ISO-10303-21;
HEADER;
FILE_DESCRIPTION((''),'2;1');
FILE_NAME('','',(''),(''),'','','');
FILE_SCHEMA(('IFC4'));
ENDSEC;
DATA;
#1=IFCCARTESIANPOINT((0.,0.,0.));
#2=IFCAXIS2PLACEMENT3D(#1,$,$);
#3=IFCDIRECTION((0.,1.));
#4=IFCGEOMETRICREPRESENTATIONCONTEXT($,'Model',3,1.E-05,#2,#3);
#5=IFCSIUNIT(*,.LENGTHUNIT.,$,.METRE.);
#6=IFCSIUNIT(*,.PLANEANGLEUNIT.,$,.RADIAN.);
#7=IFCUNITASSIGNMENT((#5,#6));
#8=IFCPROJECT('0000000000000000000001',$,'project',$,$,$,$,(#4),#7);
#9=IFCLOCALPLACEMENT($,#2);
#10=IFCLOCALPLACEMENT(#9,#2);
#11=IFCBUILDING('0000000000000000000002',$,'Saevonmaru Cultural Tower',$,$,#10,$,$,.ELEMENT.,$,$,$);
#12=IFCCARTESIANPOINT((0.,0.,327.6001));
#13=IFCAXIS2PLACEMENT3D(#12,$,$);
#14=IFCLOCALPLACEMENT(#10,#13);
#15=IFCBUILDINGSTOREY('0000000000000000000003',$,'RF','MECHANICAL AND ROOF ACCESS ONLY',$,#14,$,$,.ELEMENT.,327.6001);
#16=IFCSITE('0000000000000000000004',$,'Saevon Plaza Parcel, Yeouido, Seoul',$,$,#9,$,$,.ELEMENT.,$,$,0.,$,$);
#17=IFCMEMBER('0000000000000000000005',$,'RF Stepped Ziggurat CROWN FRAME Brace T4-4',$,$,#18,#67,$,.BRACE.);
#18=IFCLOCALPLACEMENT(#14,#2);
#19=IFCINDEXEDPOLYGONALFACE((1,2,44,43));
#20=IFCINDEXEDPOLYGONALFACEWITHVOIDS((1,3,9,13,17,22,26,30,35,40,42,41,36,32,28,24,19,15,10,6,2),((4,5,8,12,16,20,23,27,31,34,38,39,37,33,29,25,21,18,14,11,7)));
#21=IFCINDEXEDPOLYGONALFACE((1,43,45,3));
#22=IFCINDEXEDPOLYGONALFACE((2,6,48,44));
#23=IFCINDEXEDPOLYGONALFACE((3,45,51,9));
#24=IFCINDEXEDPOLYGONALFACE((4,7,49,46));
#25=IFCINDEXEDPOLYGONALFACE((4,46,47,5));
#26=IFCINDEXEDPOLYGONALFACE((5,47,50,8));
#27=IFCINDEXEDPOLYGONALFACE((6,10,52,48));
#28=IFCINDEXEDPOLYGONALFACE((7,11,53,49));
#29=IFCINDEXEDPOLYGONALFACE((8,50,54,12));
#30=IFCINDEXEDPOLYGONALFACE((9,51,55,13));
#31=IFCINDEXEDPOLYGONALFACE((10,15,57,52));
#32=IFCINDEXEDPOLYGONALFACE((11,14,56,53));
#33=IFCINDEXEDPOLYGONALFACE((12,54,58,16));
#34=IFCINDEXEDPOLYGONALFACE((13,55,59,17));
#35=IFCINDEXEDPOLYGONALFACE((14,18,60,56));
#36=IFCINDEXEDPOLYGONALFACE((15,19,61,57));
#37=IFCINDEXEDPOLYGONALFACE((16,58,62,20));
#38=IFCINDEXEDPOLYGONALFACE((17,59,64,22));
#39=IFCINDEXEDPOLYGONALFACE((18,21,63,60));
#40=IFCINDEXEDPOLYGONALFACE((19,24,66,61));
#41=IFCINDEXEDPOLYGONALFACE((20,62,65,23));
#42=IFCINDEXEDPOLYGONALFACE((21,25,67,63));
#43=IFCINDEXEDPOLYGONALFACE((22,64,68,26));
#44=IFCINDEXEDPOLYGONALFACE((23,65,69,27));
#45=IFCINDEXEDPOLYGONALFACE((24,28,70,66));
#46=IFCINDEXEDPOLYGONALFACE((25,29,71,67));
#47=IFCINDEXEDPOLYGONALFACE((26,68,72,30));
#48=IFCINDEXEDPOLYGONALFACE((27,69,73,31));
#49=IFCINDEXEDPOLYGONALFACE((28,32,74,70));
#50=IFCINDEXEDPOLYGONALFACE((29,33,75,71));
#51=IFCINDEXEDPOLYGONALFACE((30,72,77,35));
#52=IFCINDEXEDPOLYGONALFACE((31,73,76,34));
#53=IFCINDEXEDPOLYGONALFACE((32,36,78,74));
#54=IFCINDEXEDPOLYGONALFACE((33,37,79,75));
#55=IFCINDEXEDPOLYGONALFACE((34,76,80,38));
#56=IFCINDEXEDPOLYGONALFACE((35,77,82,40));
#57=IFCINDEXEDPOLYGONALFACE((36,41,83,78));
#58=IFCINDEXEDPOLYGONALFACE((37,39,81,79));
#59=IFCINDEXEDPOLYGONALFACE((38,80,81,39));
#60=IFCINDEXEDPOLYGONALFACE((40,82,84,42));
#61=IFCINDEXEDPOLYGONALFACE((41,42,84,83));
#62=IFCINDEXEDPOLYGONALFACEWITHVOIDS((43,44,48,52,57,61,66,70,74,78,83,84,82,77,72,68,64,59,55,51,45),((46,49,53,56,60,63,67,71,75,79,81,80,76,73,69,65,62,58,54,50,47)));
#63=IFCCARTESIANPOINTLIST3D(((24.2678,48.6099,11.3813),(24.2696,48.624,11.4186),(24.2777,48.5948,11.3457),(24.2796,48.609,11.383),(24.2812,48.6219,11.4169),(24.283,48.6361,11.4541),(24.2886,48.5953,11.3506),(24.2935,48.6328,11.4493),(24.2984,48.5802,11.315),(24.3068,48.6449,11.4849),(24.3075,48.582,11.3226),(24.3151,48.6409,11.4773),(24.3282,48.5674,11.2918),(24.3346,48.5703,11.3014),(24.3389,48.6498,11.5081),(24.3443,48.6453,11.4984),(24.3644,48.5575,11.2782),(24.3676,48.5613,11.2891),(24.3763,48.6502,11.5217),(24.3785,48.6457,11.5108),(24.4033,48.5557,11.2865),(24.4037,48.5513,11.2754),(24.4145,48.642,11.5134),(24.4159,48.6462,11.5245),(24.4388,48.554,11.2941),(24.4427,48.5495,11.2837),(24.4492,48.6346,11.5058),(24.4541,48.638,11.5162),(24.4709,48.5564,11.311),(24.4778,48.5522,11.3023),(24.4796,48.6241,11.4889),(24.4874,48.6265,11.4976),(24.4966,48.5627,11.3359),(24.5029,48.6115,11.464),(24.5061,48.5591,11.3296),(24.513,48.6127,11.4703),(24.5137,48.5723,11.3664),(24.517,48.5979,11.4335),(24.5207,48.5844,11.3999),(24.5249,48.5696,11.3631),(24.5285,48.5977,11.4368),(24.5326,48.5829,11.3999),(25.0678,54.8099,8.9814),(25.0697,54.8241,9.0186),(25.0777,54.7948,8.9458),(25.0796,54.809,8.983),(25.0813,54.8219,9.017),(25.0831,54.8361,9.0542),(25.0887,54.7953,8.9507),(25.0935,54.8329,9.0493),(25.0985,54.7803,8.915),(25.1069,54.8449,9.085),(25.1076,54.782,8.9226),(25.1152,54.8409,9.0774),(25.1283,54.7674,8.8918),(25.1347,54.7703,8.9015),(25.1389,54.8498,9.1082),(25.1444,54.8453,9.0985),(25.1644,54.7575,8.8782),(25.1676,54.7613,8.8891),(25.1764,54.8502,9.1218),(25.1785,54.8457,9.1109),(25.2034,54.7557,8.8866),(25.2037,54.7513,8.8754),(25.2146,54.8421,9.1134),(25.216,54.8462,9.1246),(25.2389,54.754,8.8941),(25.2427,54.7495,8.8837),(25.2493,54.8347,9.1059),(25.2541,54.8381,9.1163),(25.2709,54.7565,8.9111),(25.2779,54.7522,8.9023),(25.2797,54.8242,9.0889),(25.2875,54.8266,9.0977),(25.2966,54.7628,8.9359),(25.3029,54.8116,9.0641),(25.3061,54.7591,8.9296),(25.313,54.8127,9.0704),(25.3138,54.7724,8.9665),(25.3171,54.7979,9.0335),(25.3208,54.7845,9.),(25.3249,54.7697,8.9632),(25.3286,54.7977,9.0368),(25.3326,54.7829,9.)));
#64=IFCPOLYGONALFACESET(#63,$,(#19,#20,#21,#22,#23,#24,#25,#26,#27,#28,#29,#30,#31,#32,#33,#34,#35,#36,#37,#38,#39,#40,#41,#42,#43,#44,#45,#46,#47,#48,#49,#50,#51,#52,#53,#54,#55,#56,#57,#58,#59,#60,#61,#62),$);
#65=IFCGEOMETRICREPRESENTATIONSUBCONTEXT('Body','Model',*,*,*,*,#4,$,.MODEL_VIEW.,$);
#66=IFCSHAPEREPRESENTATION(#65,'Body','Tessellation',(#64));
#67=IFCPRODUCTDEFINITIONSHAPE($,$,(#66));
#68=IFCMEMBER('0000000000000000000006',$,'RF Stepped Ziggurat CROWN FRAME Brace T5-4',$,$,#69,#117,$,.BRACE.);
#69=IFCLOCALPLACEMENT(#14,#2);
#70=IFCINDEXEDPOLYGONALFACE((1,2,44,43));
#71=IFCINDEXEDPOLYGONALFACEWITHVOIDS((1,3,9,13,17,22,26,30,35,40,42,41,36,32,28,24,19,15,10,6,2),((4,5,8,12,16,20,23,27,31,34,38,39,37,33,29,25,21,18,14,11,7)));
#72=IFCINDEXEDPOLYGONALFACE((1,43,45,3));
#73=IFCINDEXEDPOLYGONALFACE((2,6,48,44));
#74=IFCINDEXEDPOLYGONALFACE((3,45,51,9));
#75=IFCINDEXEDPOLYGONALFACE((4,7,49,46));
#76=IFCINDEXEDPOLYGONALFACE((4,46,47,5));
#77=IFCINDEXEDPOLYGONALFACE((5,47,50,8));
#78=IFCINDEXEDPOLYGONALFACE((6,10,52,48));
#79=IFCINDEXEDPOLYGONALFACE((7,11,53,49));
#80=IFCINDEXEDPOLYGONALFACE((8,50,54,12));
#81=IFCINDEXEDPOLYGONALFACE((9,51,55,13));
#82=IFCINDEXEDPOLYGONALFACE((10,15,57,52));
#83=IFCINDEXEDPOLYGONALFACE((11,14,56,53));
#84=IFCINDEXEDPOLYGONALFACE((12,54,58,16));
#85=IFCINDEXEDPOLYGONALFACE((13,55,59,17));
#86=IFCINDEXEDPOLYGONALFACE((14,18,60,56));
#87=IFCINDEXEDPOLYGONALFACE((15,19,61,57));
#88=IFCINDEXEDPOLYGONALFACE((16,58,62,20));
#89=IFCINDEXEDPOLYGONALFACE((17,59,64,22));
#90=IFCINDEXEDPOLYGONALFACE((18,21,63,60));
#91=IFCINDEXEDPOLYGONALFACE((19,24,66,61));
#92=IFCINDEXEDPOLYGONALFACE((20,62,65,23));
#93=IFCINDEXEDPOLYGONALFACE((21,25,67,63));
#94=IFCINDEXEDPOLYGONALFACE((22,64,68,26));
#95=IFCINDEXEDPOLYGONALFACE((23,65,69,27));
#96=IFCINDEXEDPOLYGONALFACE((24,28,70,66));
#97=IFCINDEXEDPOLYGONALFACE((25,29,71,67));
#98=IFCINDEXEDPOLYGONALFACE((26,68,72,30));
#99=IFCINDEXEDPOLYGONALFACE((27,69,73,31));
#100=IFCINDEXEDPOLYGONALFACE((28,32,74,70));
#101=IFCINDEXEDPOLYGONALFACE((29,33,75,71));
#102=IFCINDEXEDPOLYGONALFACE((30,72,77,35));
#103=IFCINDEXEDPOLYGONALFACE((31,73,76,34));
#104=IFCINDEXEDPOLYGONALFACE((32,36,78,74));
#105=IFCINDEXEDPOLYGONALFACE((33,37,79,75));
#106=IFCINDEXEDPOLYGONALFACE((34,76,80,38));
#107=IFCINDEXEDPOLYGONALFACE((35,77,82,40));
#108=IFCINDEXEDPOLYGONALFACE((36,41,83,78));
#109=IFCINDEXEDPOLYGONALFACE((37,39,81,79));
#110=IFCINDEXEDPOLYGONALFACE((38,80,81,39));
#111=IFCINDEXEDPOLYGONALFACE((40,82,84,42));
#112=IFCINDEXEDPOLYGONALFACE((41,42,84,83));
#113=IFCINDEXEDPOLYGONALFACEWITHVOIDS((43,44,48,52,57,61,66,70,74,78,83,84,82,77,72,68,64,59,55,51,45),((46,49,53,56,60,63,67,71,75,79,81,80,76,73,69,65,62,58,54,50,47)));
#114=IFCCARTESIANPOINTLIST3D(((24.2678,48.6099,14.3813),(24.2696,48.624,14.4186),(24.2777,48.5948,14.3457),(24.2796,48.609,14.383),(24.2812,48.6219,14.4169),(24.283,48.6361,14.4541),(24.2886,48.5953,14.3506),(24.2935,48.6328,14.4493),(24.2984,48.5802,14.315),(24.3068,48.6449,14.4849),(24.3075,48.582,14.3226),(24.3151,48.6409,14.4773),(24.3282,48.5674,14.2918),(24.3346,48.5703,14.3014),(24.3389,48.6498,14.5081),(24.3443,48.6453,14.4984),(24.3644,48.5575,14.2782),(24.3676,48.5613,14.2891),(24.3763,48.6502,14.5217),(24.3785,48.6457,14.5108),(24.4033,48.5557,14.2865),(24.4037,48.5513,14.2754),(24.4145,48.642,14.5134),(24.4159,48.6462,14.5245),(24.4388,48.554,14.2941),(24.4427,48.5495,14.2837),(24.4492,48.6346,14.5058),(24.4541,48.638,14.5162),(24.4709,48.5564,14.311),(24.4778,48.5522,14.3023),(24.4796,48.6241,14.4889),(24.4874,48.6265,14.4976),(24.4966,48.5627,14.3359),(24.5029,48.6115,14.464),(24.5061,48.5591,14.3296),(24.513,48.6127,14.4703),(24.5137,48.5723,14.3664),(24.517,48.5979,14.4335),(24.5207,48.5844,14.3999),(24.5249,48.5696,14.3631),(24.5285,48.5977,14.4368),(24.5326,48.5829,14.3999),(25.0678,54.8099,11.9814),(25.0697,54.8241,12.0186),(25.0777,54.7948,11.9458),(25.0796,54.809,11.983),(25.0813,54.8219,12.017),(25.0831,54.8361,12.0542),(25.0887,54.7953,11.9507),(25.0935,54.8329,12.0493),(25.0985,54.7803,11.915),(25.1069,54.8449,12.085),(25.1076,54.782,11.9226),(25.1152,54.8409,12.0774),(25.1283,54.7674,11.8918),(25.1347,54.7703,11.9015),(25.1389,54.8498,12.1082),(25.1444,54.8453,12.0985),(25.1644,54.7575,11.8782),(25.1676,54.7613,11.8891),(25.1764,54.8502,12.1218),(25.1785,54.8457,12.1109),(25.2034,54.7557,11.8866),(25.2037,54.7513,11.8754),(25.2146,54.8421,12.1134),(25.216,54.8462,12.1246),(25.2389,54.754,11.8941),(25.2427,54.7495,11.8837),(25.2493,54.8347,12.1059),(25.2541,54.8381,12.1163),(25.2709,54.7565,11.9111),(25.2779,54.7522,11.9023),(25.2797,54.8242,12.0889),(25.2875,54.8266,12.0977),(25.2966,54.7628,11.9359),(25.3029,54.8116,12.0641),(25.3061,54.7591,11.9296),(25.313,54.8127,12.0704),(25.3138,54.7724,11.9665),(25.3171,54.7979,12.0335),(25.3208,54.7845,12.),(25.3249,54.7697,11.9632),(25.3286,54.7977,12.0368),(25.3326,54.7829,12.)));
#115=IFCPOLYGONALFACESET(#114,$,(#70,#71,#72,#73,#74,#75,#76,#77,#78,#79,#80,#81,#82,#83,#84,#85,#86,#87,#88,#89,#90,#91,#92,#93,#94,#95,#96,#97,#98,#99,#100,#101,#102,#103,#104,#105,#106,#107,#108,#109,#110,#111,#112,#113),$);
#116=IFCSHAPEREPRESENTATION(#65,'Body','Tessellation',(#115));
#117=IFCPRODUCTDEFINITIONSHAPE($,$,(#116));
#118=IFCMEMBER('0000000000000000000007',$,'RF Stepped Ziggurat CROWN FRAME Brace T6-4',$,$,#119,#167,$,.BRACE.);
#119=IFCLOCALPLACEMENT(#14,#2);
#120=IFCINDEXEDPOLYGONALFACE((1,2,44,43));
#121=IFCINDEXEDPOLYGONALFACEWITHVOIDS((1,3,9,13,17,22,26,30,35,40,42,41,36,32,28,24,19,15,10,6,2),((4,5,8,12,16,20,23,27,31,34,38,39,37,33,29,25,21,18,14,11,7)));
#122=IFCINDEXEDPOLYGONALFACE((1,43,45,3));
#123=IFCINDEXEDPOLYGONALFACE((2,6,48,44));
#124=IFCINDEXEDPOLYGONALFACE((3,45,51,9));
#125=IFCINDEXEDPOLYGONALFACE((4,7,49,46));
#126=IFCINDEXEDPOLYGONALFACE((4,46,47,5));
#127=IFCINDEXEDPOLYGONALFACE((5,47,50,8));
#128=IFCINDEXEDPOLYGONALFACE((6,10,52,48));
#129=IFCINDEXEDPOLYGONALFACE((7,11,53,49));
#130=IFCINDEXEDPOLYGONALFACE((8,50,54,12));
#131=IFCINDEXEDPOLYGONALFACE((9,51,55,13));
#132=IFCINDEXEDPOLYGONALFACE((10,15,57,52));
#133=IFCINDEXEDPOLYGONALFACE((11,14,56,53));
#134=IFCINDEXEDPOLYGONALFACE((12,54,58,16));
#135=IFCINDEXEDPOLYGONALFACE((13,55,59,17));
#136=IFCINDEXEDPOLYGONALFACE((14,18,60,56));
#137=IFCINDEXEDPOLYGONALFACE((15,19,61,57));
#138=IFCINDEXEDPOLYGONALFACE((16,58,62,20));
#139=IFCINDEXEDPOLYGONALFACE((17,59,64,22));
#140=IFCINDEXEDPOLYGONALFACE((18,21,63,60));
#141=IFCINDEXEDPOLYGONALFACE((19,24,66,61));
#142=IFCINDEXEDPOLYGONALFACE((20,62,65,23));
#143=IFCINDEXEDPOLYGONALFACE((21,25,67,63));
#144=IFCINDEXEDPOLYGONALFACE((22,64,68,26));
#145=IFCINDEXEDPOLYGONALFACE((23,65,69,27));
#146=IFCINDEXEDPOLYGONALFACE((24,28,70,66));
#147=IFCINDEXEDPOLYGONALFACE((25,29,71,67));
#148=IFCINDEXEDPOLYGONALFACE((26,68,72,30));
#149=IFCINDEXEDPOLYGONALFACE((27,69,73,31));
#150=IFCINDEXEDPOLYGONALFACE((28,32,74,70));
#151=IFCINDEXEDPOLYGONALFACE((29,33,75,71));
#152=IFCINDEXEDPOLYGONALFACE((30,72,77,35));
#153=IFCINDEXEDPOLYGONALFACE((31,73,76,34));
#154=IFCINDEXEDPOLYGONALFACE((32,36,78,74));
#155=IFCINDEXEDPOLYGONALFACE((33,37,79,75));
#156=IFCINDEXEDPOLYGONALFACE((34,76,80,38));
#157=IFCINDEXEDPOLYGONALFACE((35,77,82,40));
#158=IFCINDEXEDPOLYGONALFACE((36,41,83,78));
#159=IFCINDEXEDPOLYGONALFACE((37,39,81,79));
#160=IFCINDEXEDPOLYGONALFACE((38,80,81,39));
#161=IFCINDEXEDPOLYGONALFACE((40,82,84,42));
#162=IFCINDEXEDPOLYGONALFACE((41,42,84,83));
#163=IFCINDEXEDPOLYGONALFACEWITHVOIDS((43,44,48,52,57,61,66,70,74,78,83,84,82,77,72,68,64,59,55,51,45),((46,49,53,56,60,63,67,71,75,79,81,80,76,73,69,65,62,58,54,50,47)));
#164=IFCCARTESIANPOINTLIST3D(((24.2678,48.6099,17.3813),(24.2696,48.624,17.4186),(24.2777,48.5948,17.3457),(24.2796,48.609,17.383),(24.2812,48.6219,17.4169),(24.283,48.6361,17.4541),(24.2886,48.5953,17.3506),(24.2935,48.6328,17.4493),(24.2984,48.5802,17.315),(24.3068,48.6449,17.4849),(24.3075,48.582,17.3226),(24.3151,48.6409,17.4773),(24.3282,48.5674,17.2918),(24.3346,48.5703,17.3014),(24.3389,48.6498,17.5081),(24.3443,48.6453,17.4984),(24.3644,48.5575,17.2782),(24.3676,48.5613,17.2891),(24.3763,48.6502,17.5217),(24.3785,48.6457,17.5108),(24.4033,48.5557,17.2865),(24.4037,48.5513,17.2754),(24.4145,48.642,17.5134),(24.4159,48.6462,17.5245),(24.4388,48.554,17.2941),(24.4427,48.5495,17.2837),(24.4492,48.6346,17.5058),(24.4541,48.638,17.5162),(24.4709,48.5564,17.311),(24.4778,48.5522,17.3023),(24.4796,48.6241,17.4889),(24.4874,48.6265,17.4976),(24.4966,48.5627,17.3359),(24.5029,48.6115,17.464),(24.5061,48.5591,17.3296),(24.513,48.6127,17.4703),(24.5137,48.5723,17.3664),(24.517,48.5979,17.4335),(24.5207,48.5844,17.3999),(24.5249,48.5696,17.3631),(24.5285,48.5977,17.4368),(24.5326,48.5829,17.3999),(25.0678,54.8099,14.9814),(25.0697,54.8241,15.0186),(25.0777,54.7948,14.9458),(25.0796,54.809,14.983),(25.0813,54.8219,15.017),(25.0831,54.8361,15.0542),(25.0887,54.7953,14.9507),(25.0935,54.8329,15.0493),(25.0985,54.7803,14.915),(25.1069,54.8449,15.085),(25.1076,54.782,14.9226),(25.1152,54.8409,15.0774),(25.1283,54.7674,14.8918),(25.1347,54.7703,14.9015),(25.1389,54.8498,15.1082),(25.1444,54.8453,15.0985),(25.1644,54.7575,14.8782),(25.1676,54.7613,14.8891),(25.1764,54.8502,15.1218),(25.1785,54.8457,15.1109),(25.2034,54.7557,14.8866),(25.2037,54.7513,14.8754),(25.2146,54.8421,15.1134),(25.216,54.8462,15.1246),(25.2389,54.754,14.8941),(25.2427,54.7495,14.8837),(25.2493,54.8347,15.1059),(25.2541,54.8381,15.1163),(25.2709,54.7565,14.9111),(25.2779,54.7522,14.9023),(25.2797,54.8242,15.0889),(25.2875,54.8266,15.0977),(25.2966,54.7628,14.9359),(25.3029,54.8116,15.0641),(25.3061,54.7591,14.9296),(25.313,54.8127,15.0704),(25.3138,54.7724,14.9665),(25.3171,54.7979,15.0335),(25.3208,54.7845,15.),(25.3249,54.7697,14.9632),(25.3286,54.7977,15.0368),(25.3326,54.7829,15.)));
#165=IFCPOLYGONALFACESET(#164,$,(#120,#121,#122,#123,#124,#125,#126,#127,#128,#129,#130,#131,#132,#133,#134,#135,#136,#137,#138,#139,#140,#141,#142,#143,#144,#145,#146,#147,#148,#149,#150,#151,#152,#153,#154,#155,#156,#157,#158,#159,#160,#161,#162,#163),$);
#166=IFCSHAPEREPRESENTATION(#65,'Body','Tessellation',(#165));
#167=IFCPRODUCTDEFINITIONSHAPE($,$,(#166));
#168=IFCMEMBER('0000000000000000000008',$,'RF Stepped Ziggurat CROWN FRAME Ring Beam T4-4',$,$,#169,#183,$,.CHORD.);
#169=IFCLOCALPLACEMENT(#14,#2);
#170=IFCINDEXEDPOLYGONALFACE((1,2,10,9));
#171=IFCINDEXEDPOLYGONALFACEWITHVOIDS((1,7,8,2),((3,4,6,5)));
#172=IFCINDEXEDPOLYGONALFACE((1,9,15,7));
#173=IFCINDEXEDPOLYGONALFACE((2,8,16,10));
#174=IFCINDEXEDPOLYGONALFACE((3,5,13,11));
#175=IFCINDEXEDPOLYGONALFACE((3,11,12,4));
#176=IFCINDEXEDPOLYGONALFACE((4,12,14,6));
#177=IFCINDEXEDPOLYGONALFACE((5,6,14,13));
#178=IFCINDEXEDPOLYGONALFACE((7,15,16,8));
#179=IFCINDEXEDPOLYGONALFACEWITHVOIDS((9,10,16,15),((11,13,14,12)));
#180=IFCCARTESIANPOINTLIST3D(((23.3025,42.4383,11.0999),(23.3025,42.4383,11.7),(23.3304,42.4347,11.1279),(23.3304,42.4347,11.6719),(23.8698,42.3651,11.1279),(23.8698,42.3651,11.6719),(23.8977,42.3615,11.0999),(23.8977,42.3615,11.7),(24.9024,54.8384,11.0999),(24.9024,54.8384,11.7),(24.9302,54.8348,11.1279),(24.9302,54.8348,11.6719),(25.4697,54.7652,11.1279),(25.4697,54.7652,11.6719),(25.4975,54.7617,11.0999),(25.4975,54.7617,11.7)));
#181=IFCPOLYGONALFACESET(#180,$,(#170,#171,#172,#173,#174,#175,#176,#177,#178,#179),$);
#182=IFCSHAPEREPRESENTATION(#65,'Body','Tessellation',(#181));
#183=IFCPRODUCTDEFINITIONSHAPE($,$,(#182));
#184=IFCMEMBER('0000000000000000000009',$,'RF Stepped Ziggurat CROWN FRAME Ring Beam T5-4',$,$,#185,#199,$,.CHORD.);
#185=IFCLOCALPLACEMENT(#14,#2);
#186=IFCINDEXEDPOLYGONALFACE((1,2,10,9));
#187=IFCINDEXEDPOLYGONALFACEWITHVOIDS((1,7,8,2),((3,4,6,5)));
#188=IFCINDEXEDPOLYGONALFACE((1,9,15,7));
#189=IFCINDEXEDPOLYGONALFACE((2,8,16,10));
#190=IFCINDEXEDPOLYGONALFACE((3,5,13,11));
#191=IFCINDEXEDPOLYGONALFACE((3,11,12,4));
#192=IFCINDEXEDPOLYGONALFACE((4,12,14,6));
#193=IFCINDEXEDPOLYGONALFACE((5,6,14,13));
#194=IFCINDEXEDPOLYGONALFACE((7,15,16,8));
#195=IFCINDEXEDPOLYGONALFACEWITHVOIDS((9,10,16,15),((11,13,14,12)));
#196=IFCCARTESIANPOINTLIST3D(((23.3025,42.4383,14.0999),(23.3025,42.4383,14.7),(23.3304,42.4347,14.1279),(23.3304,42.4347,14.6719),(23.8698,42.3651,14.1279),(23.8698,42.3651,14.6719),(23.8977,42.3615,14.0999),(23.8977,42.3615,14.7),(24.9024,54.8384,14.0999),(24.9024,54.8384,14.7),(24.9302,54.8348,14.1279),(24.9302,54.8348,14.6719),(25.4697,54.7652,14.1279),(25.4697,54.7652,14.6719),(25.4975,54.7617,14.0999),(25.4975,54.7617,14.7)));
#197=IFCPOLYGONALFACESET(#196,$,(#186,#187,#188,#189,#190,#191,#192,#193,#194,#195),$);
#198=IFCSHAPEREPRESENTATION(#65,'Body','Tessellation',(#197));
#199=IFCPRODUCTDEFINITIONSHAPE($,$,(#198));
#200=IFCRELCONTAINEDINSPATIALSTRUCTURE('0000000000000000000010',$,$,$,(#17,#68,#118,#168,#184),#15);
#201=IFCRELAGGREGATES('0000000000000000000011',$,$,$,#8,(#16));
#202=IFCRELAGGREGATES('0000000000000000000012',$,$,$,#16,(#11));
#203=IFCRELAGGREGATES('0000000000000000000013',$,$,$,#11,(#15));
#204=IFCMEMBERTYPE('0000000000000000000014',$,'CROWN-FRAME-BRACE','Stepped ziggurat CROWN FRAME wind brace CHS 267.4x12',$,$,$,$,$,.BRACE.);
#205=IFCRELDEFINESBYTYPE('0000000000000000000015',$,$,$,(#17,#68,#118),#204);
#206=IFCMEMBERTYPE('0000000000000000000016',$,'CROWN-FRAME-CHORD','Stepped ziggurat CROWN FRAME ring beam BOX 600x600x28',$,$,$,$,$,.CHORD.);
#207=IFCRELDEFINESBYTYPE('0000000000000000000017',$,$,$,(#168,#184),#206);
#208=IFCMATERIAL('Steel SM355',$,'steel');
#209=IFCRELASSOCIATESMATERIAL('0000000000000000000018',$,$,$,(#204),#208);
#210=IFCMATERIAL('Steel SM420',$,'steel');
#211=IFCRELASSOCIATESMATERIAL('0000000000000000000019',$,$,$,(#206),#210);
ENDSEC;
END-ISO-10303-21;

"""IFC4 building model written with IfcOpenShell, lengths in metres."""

from ifc_helpers import new_model, si_unit, direction, frame, origin, origin_2d, place, context, subcontext, project, spatial, hollow_rectangle, hollow_circle, extrude, material, material_profile, profile_set, type_object, element, save


model = new_model("IFC4")

# Units and contexts
model_context = context("Model", 3, precision=1e-05, world=origin(), true_north=direction((0.0, 1.0)))
body_context = subcontext(model_context, "Body", "Model", "MODEL_VIEW")
ifc_project = project(units=[si_unit("LENGTHUNIT", "METRE"), si_unit("PLANEANGLEUNIT", "RADIAN")], contexts=[model_context])

# Site, building, storey
site_placement = place(None, origin())
site = spatial("IfcSite", under=ifc_project, at=site_placement, Name="Saevon Plaza Parcel, Yeouido, Seoul", CompositionType="ELEMENT", RefElevation=0.0)
building_placement = place(site_placement, origin())
building = spatial("IfcBuilding", under=site, at=building_placement, Name="Saevonmaru Cultural Tower", CompositionType="ELEMENT")
storey_placement = place(building_placement, frame((0.0, 0.0, 327.6001)))
storey = spatial("IfcBuildingStorey", under=building, at=storey_placement, Name="RF", Description="MECHANICAL AND ROOF ACCESS ONLY", CompositionType="ELEMENT", Elevation=327.6001)

# Members
ifc_material_1 = material(Name="Steel SM355", Category="steel")
ifc_material_profile_1 = material_profile(ifc_material_1, hollow_circle(Radius=0.1338, WallThickness=0.012, at=origin_2d()), Name="CHS-267.4x12")
ifc_profile_set_1 = profile_set([ifc_material_profile_1], Name="Steel SM355")
member_type_1 = type_object("IfcMemberType", Name="CROWN-FRAME-BRACE", Description="Stepped ziggurat CROWN FRAME wind brace CHS 267.4x12", PredefinedType="BRACE", material=ifc_profile_set_1)
for number, where, z_axis, x_axis, name in (
    (1, (25.2, 54.8, 9.0), (-0.119478, -0.925892, 0.358398), (0.991777, -0.12798, 0.0), "RF Stepped Ziggurat CROWN FRAME Brace T4-4"),
    (2, (25.2, 54.8, 12.0), (-0.119478, -0.925892, 0.358398), (0.991777, -0.12798, 0.0), "RF Stepped Ziggurat CROWN FRAME Brace T5-4"),
    (3, (25.2, 54.8, 15.0), (-0.119478, -0.925892, 0.358398), (0.991777, -0.12798, 0.0), "RF Stepped Ziggurat CROWN FRAME Brace T6-4"),
):
    element("IfcMember", number, at=place(storey_placement, frame(where, z_axis=z_axis, x_axis=x_axis)), inside=storey, type_object=member_type_1, Name=name, PredefinedType="BRACE", context=body_context, shape_type="SweptSolid", body=[
        extrude(hollow_circle(Radius=0.1338, WallThickness=0.012, at=origin_2d()), origin(), (0.0, 0.0, 1.0), 6.6963),
    ])
ifc_material_2 = material(Name="Steel SM420", Category="steel")
ifc_material_profile_2 = material_profile(ifc_material_2, hollow_rectangle(XDim=0.6001, YDim=0.6001, WallThickness=0.0281, at=origin_2d()), Name="BOX-600x600x28")
ifc_profile_set_2 = profile_set([ifc_material_profile_2], Name="Steel SM420")
member_type_2 = type_object("IfcMemberType", Name="CROWN-FRAME-CHORD", Description="Stepped ziggurat CROWN FRAME ring beam BOX 600x600x28", PredefinedType="CHORD", material=ifc_profile_set_2)
for number, where, z_axis, x_axis, name in (
    (4, (25.2, 54.8, 11.3999), (-0.127958, -0.99178, 0.0), (0.99178, -0.127958, 0.0), "RF Stepped Ziggurat CROWN FRAME Ring Beam T4-4"),
    (5, (25.2, 54.8, 14.3999), (-0.127958, -0.99178, 0.0), (0.99178, -0.127958, 0.0), "RF Stepped Ziggurat CROWN FRAME Ring Beam T5-4"),
):
    element("IfcMember", number, at=place(storey_placement, frame(where, z_axis=z_axis, x_axis=x_axis)), inside=storey, type_object=member_type_2, Name=name, PredefinedType="CHORD", context=body_context, shape_type="SweptSolid", body=[
        extrude(hollow_rectangle(XDim=0.6001, YDim=0.6001, WallThickness=0.0281, at=origin_2d()), origin(), (0.0, 0.0, 1.0), 12.5029),
    ])

save(model, "model.ifc")
